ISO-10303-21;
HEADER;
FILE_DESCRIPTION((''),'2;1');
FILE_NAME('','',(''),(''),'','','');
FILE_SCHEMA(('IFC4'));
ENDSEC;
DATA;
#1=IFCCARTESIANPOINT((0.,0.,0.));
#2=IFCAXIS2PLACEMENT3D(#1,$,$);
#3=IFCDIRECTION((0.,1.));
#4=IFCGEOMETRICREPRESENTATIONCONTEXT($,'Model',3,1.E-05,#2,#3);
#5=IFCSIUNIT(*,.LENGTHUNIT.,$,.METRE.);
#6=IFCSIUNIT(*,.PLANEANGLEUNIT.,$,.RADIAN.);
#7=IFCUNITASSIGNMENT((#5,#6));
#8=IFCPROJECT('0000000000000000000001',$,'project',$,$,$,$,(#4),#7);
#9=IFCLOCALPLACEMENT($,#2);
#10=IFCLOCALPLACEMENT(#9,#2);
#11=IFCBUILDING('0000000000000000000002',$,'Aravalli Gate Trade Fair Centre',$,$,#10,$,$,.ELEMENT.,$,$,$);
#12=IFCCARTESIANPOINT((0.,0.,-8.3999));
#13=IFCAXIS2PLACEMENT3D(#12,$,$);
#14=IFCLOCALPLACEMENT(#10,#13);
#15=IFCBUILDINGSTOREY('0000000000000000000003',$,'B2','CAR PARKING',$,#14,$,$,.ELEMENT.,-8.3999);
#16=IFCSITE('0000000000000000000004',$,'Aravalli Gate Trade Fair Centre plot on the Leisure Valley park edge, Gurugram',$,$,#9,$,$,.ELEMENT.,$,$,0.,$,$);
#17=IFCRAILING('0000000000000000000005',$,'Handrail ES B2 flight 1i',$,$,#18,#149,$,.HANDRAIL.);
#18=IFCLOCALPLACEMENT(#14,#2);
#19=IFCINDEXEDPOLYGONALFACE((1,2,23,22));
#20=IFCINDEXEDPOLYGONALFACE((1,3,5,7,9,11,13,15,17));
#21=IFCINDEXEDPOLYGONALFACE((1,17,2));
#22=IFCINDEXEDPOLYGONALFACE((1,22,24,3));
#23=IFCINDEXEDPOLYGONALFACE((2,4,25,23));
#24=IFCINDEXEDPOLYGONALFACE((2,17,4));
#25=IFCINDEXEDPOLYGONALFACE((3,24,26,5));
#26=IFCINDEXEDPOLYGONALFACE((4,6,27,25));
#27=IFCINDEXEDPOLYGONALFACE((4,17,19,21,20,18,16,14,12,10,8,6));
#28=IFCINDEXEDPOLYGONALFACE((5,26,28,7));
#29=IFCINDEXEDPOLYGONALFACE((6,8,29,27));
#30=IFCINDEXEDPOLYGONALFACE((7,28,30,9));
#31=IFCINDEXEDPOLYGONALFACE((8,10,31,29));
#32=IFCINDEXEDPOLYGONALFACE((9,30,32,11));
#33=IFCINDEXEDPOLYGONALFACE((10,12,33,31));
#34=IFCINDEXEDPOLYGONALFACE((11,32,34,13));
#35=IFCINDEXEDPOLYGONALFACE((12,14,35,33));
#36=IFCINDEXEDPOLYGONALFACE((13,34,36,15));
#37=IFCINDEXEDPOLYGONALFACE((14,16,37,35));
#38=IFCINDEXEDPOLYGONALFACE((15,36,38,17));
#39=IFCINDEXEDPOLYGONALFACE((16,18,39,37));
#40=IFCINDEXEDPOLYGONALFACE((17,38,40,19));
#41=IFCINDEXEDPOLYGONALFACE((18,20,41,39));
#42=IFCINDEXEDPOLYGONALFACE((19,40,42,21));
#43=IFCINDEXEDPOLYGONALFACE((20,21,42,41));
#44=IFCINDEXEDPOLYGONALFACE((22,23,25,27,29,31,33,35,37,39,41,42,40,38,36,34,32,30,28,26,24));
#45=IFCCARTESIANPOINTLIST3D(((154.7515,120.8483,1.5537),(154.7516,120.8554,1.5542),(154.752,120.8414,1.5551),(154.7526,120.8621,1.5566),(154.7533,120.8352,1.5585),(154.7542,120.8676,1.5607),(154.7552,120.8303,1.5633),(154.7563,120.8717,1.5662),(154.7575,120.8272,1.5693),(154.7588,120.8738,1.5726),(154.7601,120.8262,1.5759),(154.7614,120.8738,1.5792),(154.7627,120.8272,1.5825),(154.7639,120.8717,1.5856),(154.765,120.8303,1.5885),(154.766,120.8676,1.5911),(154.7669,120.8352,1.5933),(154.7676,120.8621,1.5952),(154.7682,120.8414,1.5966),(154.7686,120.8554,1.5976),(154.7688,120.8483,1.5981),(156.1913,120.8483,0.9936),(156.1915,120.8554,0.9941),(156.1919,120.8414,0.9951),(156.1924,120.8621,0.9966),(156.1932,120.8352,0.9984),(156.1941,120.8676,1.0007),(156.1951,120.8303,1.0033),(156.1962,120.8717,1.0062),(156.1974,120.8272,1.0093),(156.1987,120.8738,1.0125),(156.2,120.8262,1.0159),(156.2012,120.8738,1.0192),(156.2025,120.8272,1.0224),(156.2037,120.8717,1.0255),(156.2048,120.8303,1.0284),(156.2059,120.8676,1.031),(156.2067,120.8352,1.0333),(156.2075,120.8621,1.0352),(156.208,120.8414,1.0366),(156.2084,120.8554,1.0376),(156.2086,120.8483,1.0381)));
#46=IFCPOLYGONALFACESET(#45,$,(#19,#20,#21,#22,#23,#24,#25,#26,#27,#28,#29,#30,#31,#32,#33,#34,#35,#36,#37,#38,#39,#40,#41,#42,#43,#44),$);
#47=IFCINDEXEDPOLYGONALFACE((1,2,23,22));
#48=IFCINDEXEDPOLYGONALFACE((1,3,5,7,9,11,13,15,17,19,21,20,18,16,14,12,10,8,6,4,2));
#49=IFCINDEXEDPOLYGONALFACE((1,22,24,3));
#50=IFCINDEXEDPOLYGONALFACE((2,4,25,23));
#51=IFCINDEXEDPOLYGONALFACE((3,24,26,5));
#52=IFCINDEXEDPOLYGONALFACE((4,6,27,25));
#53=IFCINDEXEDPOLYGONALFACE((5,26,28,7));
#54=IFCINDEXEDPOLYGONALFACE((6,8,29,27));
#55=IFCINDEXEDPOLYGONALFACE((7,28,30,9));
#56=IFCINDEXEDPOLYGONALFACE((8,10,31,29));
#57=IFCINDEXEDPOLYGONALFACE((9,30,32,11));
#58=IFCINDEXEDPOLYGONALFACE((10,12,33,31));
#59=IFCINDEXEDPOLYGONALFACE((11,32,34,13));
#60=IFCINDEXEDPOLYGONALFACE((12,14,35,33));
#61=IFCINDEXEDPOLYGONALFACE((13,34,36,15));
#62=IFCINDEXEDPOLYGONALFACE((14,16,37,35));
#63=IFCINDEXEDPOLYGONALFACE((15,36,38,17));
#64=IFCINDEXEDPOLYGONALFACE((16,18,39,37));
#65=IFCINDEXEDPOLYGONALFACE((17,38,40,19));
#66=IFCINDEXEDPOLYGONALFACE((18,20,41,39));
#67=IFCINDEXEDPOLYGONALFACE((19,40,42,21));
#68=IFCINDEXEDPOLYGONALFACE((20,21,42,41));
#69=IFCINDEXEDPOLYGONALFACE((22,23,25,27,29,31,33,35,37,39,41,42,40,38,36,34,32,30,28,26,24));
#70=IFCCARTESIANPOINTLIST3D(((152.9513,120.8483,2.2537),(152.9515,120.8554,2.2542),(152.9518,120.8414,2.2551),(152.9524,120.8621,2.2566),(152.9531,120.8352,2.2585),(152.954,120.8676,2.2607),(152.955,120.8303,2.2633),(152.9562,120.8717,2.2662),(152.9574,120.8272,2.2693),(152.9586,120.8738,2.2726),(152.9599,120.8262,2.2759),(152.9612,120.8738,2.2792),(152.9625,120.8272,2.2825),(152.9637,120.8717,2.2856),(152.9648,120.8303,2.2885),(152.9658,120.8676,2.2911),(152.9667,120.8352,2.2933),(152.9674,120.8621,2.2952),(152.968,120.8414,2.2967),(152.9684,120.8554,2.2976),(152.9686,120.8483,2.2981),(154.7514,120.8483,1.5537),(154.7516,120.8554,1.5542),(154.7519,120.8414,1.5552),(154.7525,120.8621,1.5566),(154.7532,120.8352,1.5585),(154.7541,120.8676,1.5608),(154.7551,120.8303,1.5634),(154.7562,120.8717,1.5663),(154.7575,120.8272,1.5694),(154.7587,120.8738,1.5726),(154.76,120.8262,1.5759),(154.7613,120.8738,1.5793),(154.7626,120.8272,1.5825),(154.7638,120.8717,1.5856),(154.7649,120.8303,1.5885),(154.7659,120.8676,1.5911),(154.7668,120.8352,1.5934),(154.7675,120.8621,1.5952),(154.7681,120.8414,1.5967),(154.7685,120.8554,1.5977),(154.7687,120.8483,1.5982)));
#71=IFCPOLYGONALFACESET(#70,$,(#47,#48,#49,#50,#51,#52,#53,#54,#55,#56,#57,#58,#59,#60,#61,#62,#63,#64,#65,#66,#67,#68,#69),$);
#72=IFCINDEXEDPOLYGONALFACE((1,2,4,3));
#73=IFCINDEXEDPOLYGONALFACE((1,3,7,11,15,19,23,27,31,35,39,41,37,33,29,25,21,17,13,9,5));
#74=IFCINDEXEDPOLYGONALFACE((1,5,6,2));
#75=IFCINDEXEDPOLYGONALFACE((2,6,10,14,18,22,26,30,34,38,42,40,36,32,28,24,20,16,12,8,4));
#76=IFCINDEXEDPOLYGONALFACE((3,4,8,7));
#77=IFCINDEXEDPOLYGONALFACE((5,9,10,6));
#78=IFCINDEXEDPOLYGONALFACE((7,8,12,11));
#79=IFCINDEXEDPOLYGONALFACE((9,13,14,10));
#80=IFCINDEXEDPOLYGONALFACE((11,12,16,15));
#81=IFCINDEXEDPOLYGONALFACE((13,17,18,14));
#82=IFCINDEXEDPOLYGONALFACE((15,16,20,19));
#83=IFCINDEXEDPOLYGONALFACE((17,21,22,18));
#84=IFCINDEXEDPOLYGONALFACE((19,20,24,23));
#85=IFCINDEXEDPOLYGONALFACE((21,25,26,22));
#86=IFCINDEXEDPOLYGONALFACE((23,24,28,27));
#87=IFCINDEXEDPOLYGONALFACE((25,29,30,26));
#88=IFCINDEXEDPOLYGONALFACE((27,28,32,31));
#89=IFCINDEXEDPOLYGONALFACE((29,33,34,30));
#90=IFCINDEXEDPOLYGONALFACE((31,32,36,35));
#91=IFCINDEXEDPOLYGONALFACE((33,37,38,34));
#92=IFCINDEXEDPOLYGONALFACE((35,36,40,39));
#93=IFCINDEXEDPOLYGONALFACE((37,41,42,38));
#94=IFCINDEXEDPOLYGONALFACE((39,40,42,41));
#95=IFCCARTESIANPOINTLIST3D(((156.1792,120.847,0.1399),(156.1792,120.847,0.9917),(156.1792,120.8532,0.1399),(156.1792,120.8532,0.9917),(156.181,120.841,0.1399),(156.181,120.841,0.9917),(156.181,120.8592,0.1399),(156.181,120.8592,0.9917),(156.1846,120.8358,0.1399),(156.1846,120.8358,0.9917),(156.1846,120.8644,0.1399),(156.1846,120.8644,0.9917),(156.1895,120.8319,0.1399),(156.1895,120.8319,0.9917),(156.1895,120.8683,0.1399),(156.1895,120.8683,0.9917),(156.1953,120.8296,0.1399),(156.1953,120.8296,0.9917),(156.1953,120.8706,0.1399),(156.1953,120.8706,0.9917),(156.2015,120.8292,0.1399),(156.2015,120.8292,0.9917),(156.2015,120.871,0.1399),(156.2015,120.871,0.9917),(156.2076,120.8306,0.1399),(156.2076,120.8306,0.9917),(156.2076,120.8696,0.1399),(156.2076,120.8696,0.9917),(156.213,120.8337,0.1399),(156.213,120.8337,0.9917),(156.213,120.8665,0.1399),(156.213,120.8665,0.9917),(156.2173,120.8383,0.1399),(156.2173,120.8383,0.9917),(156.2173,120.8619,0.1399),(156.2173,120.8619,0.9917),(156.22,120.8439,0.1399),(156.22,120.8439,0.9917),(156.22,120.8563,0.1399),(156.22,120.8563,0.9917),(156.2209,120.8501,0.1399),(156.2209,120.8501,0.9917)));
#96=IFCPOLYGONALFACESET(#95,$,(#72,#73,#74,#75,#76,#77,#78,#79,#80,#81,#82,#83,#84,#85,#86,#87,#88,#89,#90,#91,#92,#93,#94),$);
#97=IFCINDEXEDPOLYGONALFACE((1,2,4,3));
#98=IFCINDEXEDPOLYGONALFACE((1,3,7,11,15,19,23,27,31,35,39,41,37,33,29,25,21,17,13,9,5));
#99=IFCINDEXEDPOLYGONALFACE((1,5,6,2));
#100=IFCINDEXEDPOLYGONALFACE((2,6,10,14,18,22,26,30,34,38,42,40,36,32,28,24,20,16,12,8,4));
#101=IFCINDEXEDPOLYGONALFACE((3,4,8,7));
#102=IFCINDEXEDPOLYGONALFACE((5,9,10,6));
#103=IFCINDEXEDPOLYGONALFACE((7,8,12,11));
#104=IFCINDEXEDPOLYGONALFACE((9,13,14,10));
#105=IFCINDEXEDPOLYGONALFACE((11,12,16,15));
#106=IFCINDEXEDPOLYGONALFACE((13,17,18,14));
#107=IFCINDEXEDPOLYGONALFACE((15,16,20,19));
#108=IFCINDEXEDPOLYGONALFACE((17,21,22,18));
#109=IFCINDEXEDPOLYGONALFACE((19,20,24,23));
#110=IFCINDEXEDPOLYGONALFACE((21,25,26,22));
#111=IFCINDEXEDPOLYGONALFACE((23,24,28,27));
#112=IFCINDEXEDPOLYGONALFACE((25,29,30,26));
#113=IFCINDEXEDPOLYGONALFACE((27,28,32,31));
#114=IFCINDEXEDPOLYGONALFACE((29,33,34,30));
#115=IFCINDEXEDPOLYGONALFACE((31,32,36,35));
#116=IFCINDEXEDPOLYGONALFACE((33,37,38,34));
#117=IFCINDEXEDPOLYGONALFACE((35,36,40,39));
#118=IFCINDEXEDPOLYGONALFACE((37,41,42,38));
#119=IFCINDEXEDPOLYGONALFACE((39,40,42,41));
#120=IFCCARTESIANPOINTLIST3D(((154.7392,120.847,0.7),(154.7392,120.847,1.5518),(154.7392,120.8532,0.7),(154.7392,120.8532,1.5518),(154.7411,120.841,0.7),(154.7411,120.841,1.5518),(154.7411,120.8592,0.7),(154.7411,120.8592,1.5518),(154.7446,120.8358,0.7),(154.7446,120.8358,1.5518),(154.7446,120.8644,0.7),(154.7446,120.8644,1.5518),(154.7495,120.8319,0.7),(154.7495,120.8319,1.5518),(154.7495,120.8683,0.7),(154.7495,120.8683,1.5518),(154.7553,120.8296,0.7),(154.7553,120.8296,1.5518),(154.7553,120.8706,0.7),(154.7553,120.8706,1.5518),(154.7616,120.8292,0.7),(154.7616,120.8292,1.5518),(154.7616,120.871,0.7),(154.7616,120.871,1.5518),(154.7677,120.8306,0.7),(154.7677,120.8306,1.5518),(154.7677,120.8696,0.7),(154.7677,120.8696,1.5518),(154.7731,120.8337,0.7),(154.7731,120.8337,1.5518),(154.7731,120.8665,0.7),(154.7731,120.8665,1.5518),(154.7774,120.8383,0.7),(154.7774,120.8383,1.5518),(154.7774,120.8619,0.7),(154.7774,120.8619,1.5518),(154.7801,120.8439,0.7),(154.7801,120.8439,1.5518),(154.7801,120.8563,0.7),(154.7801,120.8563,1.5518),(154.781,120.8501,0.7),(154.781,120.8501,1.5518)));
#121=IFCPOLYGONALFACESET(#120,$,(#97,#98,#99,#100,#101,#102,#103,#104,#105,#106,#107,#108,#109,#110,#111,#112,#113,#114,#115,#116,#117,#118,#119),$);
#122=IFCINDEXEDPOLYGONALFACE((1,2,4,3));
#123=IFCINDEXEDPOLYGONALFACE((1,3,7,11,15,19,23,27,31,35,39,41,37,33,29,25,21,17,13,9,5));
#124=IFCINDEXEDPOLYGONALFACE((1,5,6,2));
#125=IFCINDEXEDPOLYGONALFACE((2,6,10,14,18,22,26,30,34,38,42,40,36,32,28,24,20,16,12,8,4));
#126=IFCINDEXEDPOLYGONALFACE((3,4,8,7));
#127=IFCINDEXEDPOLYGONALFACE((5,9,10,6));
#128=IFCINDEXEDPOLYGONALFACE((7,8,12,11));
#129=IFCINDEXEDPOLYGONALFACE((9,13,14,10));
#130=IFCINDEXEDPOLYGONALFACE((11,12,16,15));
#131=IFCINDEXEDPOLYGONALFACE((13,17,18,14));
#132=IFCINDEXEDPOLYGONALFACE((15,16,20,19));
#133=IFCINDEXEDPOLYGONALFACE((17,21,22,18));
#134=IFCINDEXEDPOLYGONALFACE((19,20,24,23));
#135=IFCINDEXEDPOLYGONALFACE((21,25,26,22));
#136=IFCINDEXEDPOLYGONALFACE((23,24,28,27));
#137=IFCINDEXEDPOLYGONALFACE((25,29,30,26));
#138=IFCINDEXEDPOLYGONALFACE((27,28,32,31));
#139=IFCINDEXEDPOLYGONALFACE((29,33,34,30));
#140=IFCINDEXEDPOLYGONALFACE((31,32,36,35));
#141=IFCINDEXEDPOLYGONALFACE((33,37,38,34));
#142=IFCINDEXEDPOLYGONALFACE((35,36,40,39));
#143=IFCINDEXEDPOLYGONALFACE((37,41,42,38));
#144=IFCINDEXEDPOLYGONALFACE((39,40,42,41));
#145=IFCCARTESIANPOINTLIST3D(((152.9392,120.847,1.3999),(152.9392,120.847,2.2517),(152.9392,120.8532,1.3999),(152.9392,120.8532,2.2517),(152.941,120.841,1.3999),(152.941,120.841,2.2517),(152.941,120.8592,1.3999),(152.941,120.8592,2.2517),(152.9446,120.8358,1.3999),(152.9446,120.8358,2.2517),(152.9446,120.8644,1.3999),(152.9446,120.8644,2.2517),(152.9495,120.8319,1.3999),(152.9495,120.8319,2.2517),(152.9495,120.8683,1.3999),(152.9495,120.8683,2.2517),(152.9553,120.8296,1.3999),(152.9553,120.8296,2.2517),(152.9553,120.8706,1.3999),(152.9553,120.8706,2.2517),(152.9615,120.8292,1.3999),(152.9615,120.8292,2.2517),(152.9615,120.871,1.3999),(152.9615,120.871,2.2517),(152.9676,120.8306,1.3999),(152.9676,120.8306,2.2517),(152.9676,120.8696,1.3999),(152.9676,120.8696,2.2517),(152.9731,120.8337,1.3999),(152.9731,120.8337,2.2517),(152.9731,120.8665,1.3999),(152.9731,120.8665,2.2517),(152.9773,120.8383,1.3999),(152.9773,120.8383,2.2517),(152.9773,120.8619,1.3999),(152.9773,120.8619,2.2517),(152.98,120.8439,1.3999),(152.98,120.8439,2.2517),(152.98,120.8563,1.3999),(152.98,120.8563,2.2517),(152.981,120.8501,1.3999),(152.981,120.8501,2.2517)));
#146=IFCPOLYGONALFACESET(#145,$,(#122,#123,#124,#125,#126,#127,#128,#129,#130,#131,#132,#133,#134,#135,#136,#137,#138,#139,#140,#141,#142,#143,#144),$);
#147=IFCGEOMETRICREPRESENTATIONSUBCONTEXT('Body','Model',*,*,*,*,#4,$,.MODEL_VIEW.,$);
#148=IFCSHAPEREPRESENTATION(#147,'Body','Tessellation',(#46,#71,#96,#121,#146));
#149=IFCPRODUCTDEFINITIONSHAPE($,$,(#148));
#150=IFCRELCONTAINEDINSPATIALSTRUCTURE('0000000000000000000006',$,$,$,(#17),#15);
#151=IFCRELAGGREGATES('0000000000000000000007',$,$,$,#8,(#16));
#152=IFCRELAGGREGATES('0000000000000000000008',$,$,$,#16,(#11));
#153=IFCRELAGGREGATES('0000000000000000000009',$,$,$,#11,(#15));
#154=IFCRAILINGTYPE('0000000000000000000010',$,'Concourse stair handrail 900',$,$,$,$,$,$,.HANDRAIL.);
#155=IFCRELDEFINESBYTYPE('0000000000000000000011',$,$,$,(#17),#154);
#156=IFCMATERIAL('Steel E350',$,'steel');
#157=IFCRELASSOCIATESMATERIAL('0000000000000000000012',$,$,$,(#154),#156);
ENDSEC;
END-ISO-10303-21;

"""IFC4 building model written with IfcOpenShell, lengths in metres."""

from ifc_helpers import new_model, si_unit, direction, frame, origin, origin_2d, place, context, subcontext, project, spatial, circle, extrude, material, type_object, element, save


model = new_model("IFC4")

# Units and contexts
model_context = context("Model", 3, precision=1e-05, world=origin(), true_north=direction((0.0, 1.0)))
body_context = subcontext(model_context, "Body", "Model", "MODEL_VIEW")
ifc_project = project(units=[si_unit("LENGTHUNIT", "METRE"), si_unit("PLANEANGLEUNIT", "RADIAN")], contexts=[model_context])

# Site, building, storey
site_placement = place(None, origin())
site = spatial("IfcSite", under=ifc_project, at=site_placement, Name="Aravalli Gate Trade Fair Centre plot on the Leisure Valley park edge, Gurugram", CompositionType="ELEMENT", RefElevation=0.0)
building_placement = place(site_placement, origin())
building = spatial("IfcBuilding", under=site, at=building_placement, Name="Aravalli Gate Trade Fair Centre", CompositionType="ELEMENT")
storey_placement = place(building_placement, frame((0.0, 0.0, -8.3999)))
storey = spatial("IfcBuildingStorey", under=building, at=storey_placement, Name="B2", Description="CAR PARKING", CompositionType="ELEMENT", Elevation=-8.3999)

# Shared definitions
ifc_material_1 = material(Name="Steel E350", Category="steel")

# Railing
railing_type = type_object("IfcRailingType", Name="Concourse stair handrail 900", PredefinedType="HANDRAIL", material=ifc_material_1)
for number, where, name in (
    (1, (156.2, 120.8501, 0.1399), "Handrail ES B2 flight 1i"),
):
    element("IfcRailing", number, at=place(storey_placement, frame(where)), inside=storey, type_object=railing_type, Name=name, PredefinedType="HANDRAIL", context=body_context, shape_type="SweptSolid", body=[
        extrude(circle(Radius=0.0239, at=origin_2d()), frame((0.0, 0.0, 0.876), z_axis=(-0.931987, 0.0, 0.362492), x_axis=(0.0, -1.0, 0.0)), (0.0, 0.0, 1.0), 1.5449),
        extrude(circle(Radius=0.0239, at=origin_2d()), frame((-1.4399, 0.0, 1.436), z_axis=(-0.932017, 0.0, 0.362416), x_axis=(0.0, -1.0, 0.0)), (0.0, 0.0, 1.0), 1.9314),
        extrude(circle(Radius=0.021, at=origin_2d()), origin(), (0.0, 0.0, 1.0), 0.8518),
        extrude(circle(Radius=0.021, at=origin_2d()), frame((-1.4399, 0.0, 0.5601)), (0.0, 0.0, 1.0), 0.8518),
        extrude(circle(Radius=0.021, at=origin_2d()), frame((-3.24, 0.0, 1.26)), (0.0, 0.0, 1.0), 0.8518),
    ])

save(model, "model.ifc")
